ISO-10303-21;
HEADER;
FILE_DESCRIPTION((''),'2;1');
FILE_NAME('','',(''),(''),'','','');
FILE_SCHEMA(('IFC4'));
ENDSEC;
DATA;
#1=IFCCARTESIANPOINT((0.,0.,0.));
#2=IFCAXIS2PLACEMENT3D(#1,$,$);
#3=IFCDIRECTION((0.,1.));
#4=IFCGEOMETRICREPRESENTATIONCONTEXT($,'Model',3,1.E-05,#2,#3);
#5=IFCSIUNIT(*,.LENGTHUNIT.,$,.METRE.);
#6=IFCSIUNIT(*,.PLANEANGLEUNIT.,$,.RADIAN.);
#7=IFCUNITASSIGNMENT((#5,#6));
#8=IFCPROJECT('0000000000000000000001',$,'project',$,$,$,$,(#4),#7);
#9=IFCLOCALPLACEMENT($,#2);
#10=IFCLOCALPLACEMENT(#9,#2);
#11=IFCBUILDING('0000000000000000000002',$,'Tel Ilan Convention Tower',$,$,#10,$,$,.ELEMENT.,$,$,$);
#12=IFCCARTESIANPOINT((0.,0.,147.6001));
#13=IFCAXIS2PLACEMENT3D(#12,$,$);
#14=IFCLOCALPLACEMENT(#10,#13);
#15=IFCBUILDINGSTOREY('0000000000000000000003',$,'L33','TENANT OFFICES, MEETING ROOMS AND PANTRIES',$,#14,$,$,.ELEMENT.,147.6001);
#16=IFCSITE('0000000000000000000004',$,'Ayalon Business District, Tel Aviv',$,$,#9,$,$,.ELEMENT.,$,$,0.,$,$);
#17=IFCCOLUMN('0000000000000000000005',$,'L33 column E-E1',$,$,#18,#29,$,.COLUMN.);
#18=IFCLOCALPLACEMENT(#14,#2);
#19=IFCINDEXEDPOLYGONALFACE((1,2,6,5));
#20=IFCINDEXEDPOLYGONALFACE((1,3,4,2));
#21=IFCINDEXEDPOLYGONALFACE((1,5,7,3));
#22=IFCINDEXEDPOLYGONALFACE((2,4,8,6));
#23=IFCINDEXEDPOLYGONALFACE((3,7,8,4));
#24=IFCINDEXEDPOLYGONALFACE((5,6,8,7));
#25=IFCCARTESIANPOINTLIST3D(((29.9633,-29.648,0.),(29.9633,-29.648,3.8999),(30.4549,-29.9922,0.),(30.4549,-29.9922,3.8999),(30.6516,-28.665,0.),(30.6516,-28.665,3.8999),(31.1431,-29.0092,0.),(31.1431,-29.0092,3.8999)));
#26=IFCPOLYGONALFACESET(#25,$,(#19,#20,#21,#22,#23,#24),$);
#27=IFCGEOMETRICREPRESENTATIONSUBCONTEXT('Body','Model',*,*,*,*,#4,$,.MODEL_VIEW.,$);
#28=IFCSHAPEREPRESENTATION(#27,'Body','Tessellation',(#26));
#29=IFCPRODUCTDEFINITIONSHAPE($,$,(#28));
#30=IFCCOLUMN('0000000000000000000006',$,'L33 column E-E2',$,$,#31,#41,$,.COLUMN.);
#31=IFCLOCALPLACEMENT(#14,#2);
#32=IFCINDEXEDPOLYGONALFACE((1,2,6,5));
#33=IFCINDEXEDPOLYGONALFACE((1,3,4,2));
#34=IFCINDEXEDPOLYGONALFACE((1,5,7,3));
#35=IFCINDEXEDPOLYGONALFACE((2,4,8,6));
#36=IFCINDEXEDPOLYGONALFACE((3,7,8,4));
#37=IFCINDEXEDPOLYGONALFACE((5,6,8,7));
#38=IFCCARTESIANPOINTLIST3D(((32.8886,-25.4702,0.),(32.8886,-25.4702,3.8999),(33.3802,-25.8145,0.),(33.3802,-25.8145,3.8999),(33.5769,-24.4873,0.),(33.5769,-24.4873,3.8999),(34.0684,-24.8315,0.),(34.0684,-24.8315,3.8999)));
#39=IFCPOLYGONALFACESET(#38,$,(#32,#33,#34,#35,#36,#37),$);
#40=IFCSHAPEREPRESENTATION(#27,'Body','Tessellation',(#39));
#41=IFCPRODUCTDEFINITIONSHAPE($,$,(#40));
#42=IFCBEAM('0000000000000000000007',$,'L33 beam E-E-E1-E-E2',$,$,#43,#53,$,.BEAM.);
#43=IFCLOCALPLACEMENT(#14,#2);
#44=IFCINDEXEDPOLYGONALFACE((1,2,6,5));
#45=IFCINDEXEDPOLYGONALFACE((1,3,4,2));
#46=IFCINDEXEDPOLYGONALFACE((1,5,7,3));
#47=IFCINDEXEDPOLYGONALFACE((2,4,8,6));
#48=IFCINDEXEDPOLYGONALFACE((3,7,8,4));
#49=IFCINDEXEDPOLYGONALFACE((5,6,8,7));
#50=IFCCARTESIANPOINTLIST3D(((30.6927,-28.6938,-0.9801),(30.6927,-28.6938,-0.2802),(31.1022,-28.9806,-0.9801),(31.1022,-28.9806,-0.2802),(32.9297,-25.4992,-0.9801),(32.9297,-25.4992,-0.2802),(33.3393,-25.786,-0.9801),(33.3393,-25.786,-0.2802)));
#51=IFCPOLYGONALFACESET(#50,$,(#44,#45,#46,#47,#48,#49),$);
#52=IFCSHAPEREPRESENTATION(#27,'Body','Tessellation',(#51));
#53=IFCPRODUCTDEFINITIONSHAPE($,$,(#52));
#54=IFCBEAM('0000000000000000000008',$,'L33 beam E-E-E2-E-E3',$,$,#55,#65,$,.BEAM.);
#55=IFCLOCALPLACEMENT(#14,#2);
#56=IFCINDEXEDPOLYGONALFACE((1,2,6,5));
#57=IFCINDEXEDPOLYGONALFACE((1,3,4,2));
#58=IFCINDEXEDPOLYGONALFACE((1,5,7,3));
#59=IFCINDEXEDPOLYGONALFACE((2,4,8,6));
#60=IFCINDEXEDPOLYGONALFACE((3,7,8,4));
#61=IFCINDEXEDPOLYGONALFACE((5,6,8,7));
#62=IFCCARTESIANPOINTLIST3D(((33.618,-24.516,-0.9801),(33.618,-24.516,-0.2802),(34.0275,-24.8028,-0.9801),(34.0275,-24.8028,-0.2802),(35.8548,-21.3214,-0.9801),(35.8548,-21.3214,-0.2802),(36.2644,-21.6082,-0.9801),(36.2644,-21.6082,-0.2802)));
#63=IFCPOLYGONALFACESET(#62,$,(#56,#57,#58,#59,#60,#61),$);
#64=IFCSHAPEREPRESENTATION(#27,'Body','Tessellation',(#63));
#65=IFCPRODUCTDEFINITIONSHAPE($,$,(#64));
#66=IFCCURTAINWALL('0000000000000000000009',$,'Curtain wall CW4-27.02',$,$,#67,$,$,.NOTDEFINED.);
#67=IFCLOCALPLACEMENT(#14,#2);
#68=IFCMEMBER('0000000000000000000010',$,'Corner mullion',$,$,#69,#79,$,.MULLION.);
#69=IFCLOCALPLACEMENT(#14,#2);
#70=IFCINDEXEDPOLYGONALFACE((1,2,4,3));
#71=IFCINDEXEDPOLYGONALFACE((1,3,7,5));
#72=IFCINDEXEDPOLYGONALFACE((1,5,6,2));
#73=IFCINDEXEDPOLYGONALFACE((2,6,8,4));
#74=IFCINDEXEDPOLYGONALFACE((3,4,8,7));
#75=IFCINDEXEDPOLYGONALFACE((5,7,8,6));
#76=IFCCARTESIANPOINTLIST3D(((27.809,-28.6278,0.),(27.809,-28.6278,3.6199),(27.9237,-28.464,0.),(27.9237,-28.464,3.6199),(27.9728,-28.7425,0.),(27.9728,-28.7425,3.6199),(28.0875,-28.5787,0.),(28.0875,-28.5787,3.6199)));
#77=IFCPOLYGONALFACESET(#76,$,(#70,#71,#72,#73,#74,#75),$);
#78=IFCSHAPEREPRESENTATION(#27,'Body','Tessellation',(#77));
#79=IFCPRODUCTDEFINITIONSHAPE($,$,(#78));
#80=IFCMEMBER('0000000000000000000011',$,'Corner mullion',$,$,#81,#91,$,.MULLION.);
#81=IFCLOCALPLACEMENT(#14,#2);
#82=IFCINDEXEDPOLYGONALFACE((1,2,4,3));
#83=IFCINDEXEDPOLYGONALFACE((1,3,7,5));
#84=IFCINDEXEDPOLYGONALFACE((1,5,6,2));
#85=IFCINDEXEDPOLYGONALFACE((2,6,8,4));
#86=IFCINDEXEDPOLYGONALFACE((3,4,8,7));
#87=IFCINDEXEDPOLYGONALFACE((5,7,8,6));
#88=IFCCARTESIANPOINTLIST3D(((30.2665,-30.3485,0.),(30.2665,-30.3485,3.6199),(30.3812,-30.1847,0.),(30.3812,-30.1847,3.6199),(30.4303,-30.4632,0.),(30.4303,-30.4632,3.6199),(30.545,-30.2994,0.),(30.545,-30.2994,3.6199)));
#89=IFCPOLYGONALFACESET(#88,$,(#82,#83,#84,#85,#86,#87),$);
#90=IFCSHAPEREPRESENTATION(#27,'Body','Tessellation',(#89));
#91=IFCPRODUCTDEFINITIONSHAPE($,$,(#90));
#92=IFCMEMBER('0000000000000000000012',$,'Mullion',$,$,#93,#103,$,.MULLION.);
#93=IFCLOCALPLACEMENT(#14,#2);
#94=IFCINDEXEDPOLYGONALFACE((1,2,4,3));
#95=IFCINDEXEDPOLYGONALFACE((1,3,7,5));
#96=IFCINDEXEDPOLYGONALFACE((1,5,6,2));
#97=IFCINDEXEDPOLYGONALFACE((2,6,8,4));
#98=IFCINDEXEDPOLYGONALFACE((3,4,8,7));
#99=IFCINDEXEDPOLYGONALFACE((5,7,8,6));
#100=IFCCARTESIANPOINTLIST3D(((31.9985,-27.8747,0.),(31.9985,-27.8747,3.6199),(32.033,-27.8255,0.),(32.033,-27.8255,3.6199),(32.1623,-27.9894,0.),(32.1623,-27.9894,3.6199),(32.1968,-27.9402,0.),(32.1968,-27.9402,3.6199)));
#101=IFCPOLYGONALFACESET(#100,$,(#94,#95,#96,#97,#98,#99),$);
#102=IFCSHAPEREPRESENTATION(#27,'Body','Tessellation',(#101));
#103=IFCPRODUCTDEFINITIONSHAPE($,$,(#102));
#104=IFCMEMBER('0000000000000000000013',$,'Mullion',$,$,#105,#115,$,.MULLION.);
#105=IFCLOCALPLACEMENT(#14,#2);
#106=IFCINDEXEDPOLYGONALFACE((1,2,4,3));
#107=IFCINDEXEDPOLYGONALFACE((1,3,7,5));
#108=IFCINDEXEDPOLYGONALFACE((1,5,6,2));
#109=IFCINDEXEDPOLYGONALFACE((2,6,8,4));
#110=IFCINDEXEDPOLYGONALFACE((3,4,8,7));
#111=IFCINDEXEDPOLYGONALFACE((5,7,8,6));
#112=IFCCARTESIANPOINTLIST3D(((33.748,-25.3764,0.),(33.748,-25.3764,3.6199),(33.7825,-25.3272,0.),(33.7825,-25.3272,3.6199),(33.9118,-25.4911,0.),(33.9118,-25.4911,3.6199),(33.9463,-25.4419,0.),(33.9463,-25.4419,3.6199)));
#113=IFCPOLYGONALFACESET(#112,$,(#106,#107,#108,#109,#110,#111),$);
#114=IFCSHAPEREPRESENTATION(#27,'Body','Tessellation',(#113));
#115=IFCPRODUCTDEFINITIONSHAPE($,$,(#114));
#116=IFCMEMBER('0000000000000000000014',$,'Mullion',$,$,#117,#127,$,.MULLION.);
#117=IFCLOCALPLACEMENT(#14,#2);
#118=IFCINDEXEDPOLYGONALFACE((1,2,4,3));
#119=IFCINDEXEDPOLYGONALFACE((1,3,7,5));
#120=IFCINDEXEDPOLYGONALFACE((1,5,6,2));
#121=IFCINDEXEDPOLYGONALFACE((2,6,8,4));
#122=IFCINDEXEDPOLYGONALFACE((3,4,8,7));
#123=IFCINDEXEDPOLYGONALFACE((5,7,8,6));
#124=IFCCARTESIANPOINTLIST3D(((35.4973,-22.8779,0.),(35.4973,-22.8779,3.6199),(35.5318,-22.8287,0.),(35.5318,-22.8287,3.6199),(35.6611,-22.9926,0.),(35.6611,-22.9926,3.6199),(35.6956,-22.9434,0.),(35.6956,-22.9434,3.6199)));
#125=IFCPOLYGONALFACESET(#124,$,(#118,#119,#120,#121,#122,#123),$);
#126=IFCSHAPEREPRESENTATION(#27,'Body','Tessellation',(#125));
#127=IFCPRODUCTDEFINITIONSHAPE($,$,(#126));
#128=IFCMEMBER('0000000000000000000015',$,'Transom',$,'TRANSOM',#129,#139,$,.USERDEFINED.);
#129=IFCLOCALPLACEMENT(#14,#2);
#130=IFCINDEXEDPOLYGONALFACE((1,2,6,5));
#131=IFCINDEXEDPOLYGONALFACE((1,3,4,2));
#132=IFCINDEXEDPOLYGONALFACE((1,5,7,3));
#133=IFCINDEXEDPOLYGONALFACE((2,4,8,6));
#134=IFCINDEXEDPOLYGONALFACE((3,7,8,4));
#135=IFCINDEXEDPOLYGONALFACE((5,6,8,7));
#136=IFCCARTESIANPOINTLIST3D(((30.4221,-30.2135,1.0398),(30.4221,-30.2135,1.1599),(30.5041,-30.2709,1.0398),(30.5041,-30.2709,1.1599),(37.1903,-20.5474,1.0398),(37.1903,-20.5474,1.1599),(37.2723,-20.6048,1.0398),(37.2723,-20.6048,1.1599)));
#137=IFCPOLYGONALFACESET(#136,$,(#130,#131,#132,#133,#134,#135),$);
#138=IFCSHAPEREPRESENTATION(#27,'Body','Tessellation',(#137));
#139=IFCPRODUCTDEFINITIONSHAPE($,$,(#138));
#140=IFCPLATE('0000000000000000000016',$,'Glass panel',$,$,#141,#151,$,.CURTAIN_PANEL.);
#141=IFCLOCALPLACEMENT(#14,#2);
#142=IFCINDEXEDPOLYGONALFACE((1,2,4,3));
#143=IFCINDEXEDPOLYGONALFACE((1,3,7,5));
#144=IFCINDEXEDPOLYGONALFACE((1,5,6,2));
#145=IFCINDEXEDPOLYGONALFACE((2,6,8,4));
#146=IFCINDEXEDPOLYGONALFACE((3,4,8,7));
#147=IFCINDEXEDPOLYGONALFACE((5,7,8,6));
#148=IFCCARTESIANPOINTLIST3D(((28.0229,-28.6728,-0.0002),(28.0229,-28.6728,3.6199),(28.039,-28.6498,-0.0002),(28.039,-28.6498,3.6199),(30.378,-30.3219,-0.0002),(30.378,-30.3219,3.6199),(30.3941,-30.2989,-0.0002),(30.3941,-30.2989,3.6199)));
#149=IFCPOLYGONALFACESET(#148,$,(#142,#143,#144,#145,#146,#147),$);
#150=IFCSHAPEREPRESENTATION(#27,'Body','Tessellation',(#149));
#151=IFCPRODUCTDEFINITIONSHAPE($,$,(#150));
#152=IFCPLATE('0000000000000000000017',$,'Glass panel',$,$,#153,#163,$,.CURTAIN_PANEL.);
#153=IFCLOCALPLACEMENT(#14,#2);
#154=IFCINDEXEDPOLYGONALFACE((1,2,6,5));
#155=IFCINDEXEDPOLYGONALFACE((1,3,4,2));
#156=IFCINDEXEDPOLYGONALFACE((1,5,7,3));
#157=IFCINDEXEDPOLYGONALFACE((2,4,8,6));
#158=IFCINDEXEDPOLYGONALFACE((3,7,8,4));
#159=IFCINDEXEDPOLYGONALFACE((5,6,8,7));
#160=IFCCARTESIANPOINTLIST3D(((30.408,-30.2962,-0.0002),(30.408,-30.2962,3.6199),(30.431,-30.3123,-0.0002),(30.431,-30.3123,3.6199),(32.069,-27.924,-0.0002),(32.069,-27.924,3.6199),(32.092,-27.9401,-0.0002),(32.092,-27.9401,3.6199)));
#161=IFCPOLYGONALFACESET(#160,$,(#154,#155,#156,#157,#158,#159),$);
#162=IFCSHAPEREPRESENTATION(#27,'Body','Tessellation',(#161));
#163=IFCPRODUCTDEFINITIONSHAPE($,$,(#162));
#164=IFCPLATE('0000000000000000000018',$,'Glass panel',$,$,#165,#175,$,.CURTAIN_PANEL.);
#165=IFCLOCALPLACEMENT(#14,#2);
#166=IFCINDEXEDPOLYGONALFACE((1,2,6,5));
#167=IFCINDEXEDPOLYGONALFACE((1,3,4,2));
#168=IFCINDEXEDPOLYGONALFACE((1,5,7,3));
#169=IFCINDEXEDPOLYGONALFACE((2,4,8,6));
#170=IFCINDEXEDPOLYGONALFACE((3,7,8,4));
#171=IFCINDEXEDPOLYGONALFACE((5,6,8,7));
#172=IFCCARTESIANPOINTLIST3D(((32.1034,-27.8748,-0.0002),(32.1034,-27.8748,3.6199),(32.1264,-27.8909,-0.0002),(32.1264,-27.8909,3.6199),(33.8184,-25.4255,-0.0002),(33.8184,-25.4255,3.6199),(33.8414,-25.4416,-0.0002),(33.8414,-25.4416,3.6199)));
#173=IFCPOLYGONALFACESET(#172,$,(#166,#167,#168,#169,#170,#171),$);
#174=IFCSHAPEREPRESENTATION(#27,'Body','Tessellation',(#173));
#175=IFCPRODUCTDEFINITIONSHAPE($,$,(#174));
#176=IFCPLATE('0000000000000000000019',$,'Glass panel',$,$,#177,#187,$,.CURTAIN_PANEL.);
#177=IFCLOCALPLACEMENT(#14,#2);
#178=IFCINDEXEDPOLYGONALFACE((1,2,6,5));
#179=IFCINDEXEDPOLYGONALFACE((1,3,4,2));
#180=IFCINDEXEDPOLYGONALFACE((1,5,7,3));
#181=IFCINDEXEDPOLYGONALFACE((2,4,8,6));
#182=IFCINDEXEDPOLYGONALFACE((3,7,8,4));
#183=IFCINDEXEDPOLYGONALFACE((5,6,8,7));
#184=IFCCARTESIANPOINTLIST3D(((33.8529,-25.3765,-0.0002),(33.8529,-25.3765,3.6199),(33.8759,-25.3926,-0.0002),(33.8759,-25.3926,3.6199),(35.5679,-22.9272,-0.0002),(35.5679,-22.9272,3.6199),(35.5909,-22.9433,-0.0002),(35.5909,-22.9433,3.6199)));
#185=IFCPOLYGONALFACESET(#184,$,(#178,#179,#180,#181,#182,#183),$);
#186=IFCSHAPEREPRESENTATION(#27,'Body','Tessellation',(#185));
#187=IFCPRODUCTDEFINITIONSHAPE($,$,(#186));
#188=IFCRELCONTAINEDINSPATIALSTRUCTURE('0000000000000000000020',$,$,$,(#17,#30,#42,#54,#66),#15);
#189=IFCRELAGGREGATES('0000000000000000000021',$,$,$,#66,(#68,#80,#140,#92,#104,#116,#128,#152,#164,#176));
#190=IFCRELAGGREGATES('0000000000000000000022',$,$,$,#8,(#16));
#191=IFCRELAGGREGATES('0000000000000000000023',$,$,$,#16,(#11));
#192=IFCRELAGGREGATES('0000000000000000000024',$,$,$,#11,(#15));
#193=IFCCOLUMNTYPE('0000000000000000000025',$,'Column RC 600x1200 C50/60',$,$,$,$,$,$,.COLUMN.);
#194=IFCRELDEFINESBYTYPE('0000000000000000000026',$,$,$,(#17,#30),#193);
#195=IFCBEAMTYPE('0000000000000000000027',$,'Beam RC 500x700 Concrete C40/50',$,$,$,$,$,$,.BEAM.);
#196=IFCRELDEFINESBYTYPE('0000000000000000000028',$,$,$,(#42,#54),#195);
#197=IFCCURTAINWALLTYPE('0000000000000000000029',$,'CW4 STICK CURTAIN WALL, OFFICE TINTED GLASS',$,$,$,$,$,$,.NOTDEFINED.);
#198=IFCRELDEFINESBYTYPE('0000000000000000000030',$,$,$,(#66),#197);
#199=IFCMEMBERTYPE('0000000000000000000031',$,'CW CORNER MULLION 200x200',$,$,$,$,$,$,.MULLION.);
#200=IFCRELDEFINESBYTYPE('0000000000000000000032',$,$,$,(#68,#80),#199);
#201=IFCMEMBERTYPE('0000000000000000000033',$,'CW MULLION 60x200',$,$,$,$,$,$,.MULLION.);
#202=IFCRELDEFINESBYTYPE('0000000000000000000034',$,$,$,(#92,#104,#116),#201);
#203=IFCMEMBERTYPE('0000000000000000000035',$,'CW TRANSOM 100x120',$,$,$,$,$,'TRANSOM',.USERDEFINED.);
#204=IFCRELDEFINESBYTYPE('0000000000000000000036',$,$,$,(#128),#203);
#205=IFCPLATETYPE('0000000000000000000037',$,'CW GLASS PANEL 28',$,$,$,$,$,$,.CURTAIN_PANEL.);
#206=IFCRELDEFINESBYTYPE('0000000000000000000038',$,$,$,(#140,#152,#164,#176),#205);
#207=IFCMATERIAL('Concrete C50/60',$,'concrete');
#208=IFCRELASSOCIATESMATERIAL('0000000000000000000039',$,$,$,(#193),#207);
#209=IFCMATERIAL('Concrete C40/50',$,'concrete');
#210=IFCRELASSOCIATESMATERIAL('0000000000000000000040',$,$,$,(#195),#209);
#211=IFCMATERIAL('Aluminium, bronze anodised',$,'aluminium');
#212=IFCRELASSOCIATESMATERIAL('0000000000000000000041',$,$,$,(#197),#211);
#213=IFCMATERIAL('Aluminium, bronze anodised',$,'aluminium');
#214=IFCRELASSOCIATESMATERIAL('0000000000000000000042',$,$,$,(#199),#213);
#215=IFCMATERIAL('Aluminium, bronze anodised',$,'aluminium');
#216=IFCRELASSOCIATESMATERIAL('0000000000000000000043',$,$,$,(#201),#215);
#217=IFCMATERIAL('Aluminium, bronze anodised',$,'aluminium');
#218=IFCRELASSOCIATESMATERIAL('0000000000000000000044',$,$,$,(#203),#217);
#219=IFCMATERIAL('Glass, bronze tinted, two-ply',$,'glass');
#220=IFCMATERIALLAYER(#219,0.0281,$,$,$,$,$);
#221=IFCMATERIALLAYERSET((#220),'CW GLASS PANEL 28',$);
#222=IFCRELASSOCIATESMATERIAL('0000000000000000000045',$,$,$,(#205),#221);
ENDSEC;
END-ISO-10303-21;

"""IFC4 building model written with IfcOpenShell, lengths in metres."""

from ifc_helpers import new_model, si_unit, direction, frame, origin, origin_2d, place, context, subcontext, project, spatial, rectangle, extrude, material, layer, layer_set, material_profile, profile_set, type_object, element, aggregate, save


model = new_model("IFC4")

# Units and contexts
model_context = context("Model", 3, precision=1e-05, world=origin(), true_north=direction((0.0, 1.0)))
body_context = subcontext(model_context, "Body", "Model", "MODEL_VIEW")
ifc_project = project(units=[si_unit("LENGTHUNIT", "METRE"), si_unit("PLANEANGLEUNIT", "RADIAN")], contexts=[model_context])

# Site, building, storey
site_placement = place(None, origin())
site = spatial("IfcSite", under=ifc_project, at=site_placement, Name="Ayalon Business District, Tel Aviv", CompositionType="ELEMENT", RefElevation=0.0)
building_placement = place(site_placement, origin())
building = spatial("IfcBuilding", under=site, at=building_placement, Name="Tel Ilan Convention Tower", CompositionType="ELEMENT")
storey_placement = place(building_placement, frame((0.0, 0.0, 147.6001)))
storey = spatial("IfcBuildingStorey", under=building, at=storey_placement, Name="L33", Description="TENANT OFFICES, MEETING ROOMS AND PANTRIES", CompositionType="ELEMENT", Elevation=147.6001)

# Columns
ifc_material_1 = material(Name="Concrete C50/60", Category="concrete")
ifc_material_profile_1 = material_profile(ifc_material_1, rectangle(XDim=1.2, YDim=0.6001, at=origin_2d()), Name="RC 600x1200")
ifc_profile_set_1 = profile_set([ifc_material_profile_1], Name="Concrete C50/60")
column_type = type_object("IfcColumnType", Name="Column RC 600x1200 C50/60", PredefinedType="COLUMN", material=ifc_profile_set_1)
for number, where, z_axis, x_axis, name in (
    (1, (30.5532, -29.3286, 0.0), (0.0, 0.0, 1.0), (0.573576, 0.819152, 0.0), "L33 column E-E1"),
    (2, (33.4785, -25.1509, 0.0), (0.0, 0.0, 1.0), (0.573576, 0.819152, 0.0), "L33 column E-E2"),
):
    element("IfcColumn", number, at=place(storey_placement, frame(where, z_axis=z_axis, x_axis=x_axis)), inside=storey, type_object=column_type, Name=name, PredefinedType="COLUMN", context=body_context, shape_type="SweptSolid", body=[
        extrude(rectangle(XDim=1.2, YDim=0.6001, at=origin_2d()), origin(), (0.0, 0.0, 1.0), 3.8999),
    ])

# Beams
ifc_material_2 = material(Name="Concrete C40/50", Category="concrete")
ifc_material_profile_2 = material_profile(ifc_material_2, rectangle(XDim=0.5, YDim=0.7, at=origin_2d()), Name="RC 500x700")
ifc_profile_set_2 = profile_set([ifc_material_profile_2], Name="Concrete C40/50")
beam_type = type_object("IfcBeamType", Name="Beam RC 500x700 Concrete C40/50", PredefinedType="BEAM", material=ifc_profile_set_2)
for number, where, z_axis, x_axis, name in (
    (3, (30.8975, -28.8372, -0.6301), (0.573609, 0.819129, 0.0), (-0.819129, 0.573609, 0.0), "L33 beam E-E-E1-E-E2"),
    (4, (33.8228, -24.6594, -0.6301), (0.573567, 0.819158, 0.0), (-0.819158, 0.573567, 0.0), "L33 beam E-E-E2-E-E3"),
):
    element("IfcBeam", number, at=place(storey_placement, frame(where, z_axis=z_axis, x_axis=x_axis)), inside=storey, type_object=beam_type, Name=name, PredefinedType="BEAM", context=body_context, shape_type="SweptSolid", body=[
        extrude(rectangle(XDim=0.5, YDim=0.7, at=origin_2d()), origin(), (0.0, 0.0, 1.0), 3.8999),
    ])

# Curtain wall, members, plates
ifc_material_3 = material(Name="Aluminium, bronze anodised", Category="aluminium")
curtain_wall_type = type_object("IfcCurtainWallType", Name="CW4 STICK CURTAIN WALL, OFFICE TINTED GLASS", PredefinedType="NOTDEFINED", material=ifc_material_3)
curtain_wall_placement = place(storey_placement, origin())
curtain_wall = element("IfcCurtainWall", 5, at=curtain_wall_placement, inside=storey, type_object=curtain_wall_type, Name="Curtain wall CW4-27.02", PredefinedType="NOTDEFINED")
ifc_material_4 = material(Name="Aluminium, bronze anodised", Category="aluminium")
ifc_material_profile_3 = material_profile(ifc_material_4, rectangle(XDim=0.2, YDim=0.2, at=origin_2d()), Name="CW CORNER MULLION 200x200")
ifc_profile_set_3 = profile_set([ifc_material_profile_3], Name="Aluminium, bronze anodised")
member_type_1 = type_object("IfcMemberType", Name="CW CORNER MULLION 200x200", PredefinedType="MULLION", material=ifc_profile_set_3)
member_1_placement = place(storey_placement, frame((27.9482, -28.6033, 0.0), z_axis=(0.0, 0.0, 1.0), x_axis=(0.573576, 0.819152, 0.0)))
member_1 = element("IfcMember", 6, at=member_1_placement, type_object=member_type_1, Name="Corner mullion", PredefinedType="MULLION", context=body_context, shape_type="SweptSolid", body=[
    extrude(rectangle(XDim=0.2, YDim=0.2, at=origin_2d()), origin(), (0.0, 0.0, 1.0), 3.6199),
])
member_2_placement = place(storey_placement, frame((30.4058, -30.324, 0.0), z_axis=(0.0, 0.0, 1.0), x_axis=(0.819152, -0.573576, 0.0)))
member_2 = element("IfcMember", 7, at=member_2_placement, type_object=member_type_1, Name="Corner mullion", PredefinedType="MULLION", context=body_context, shape_type="SweptSolid", body=[
    extrude(rectangle(XDim=0.2, YDim=0.2, at=origin_2d()), origin(), (0.0, 0.0, 1.0), 3.6199),
])
ifc_material_5 = material(Name="Aluminium, bronze anodised", Category="aluminium")
ifc_material_profile_4 = material_profile(ifc_material_5, rectangle(XDim=0.0601, YDim=0.2, at=origin_2d()), Name="CW MULLION 60x200")
ifc_profile_set_4 = profile_set([ifc_material_profile_4], Name="Aluminium, bronze anodised")
member_type_2 = type_object("IfcMemberType", Name="CW MULLION 60x200", PredefinedType="MULLION", material=ifc_profile_set_4)
member_3_placement = place(storey_placement, frame((32.0977, -27.9075, 0.0), z_axis=(0.0, 0.0, 1.0), x_axis=(0.573576, 0.819152, 0.0)))
member_3 = element("IfcMember", 8, at=member_3_placement, type_object=member_type_2, Name="Mullion", PredefinedType="MULLION", context=body_context, shape_type="SweptSolid", body=[
    extrude(rectangle(XDim=0.0601, YDim=0.2, at=origin_2d()), origin(), (0.0, 0.0, 1.0), 3.6199),
])
member_4_placement = place(storey_placement, frame((33.8472, -25.4092, 0.0), z_axis=(0.0, 0.0, 1.0), x_axis=(0.573576, 0.819152, 0.0)))
member_4 = element("IfcMember", 9, at=member_4_placement, type_object=member_type_2, Name="Mullion", PredefinedType="MULLION", context=body_context, shape_type="SweptSolid", body=[
    extrude(rectangle(XDim=0.0601, YDim=0.2, at=origin_2d()), origin(), (0.0, 0.0, 1.0), 3.6199),
])
member_5_placement = place(storey_placement, frame((35.5964, -22.9106, 0.0), z_axis=(0.0, 0.0, 1.0), x_axis=(0.573576, 0.819152, 0.0)))
member_5 = element("IfcMember", 10, at=member_5_placement, type_object=member_type_2, Name="Mullion", PredefinedType="MULLION", context=body_context, shape_type="SweptSolid", body=[
    extrude(rectangle(XDim=0.0601, YDim=0.2, at=origin_2d()), origin(), (0.0, 0.0, 1.0), 3.6199),
])
ifc_material_6 = material(Name="Aluminium, bronze anodised", Category="aluminium")
ifc_material_profile_5 = material_profile(ifc_material_6, rectangle(XDim=0.1001, YDim=0.1201, at=origin_2d()), Name="CW TRANSOM 100x120")
ifc_profile_set_5 = profile_set([ifc_material_profile_5], Name="Aluminium, bronze anodised")
member_type_3 = type_object("IfcMemberType", Name="CW TRANSOM 100x120", ElementType="TRANSOM", PredefinedType="USERDEFINED", material=ifc_profile_set_5)
member_6_placement = place(storey_placement, frame((30.4631, -30.2422, 1.0999), z_axis=(0.573568, 0.819158, 0.0), x_axis=(-0.819158, 0.573568, 0.0)))
member_6 = element("IfcMember", 11, at=member_6_placement, type_object=member_type_3, Name="Transom", ObjectType="TRANSOM", PredefinedType="USERDEFINED", context=body_context, shape_type="SweptSolid", body=[
    extrude(rectangle(XDim=0.1001, YDim=0.1201, at=origin_2d()), origin(), (0.0, 0.0, 1.0), 11.8),
])
ifc_material_7 = material(Name="Glass, bronze tinted, two-ply", Category="glass")
ifc_layer_1 = layer(ifc_material_7, 0.0281)
ifc_layer_set_1 = layer_set([ifc_layer_1], Name="CW GLASS PANEL 28")
plate_type = type_object("IfcPlateType", Name="CW GLASS PANEL 28", PredefinedType="CURTAIN_PANEL", material=ifc_layer_set_1)
plate_1_placement = place(storey_placement, frame((29.2085, -29.4858, -0.0002), z_axis=(0.0, 0.0, 1.0), x_axis=(0.819152, -0.573576, 0.0)))
plate_1 = element("IfcPlate", 12, at=plate_1_placement, type_object=plate_type, Name="Glass panel", PredefinedType="CURTAIN_PANEL", context=body_context, shape_type="SweptSolid", body=[
    extrude(rectangle(XDim=2.875, YDim=0.0281, at=origin_2d()), origin(), (0.0, 0.0, 1.0), 3.6201),
])
plate_2_placement = place(storey_placement, frame((31.25, -29.1182, -0.0002), z_axis=(0.0, 0.0, 1.0), x_axis=(0.573576, 0.819152, 0.0)))
plate_2 = element("IfcPlate", 13, at=plate_2_placement, type_object=plate_type, Name="Glass panel", PredefinedType="CURTAIN_PANEL", context=body_context, shape_type="SweptSolid", body=[
    extrude(rectangle(XDim=2.896, YDim=0.0281, at=origin_2d()), origin(), (0.0, 0.0, 1.0), 3.6201),
])
plate_3_placement = place(storey_placement, frame((32.9724, -26.6582, -0.0002), z_axis=(0.0, 0.0, 1.0), x_axis=(0.573576, 0.819152, 0.0)))
plate_3 = element("IfcPlate", 14, at=plate_3_placement, type_object=plate_type, Name="Glass panel", PredefinedType="CURTAIN_PANEL", context=body_context, shape_type="SweptSolid", body=[
    extrude(rectangle(XDim=2.99, YDim=0.0281, at=origin_2d()), origin(), (0.0, 0.0, 1.0), 3.6201),
])
plate_4_placement = place(storey_placement, frame((34.7219, -24.1599, -0.0002), z_axis=(0.0, 0.0, 1.0), x_axis=(0.573576, 0.819152, 0.0)))
plate_4 = element("IfcPlate", 15, at=plate_4_placement, type_object=plate_type, Name="Glass panel", PredefinedType="CURTAIN_PANEL", context=body_context, shape_type="SweptSolid", body=[
    extrude(rectangle(XDim=2.99, YDim=0.0281, at=origin_2d()), origin(), (0.0, 0.0, 1.0), 3.6201),
])
aggregate(curtain_wall, [member_1, member_2, plate_1, member_3, member_4, member_5, member_6, plate_2, plate_3, plate_4])

save(model, "model.ifc")
